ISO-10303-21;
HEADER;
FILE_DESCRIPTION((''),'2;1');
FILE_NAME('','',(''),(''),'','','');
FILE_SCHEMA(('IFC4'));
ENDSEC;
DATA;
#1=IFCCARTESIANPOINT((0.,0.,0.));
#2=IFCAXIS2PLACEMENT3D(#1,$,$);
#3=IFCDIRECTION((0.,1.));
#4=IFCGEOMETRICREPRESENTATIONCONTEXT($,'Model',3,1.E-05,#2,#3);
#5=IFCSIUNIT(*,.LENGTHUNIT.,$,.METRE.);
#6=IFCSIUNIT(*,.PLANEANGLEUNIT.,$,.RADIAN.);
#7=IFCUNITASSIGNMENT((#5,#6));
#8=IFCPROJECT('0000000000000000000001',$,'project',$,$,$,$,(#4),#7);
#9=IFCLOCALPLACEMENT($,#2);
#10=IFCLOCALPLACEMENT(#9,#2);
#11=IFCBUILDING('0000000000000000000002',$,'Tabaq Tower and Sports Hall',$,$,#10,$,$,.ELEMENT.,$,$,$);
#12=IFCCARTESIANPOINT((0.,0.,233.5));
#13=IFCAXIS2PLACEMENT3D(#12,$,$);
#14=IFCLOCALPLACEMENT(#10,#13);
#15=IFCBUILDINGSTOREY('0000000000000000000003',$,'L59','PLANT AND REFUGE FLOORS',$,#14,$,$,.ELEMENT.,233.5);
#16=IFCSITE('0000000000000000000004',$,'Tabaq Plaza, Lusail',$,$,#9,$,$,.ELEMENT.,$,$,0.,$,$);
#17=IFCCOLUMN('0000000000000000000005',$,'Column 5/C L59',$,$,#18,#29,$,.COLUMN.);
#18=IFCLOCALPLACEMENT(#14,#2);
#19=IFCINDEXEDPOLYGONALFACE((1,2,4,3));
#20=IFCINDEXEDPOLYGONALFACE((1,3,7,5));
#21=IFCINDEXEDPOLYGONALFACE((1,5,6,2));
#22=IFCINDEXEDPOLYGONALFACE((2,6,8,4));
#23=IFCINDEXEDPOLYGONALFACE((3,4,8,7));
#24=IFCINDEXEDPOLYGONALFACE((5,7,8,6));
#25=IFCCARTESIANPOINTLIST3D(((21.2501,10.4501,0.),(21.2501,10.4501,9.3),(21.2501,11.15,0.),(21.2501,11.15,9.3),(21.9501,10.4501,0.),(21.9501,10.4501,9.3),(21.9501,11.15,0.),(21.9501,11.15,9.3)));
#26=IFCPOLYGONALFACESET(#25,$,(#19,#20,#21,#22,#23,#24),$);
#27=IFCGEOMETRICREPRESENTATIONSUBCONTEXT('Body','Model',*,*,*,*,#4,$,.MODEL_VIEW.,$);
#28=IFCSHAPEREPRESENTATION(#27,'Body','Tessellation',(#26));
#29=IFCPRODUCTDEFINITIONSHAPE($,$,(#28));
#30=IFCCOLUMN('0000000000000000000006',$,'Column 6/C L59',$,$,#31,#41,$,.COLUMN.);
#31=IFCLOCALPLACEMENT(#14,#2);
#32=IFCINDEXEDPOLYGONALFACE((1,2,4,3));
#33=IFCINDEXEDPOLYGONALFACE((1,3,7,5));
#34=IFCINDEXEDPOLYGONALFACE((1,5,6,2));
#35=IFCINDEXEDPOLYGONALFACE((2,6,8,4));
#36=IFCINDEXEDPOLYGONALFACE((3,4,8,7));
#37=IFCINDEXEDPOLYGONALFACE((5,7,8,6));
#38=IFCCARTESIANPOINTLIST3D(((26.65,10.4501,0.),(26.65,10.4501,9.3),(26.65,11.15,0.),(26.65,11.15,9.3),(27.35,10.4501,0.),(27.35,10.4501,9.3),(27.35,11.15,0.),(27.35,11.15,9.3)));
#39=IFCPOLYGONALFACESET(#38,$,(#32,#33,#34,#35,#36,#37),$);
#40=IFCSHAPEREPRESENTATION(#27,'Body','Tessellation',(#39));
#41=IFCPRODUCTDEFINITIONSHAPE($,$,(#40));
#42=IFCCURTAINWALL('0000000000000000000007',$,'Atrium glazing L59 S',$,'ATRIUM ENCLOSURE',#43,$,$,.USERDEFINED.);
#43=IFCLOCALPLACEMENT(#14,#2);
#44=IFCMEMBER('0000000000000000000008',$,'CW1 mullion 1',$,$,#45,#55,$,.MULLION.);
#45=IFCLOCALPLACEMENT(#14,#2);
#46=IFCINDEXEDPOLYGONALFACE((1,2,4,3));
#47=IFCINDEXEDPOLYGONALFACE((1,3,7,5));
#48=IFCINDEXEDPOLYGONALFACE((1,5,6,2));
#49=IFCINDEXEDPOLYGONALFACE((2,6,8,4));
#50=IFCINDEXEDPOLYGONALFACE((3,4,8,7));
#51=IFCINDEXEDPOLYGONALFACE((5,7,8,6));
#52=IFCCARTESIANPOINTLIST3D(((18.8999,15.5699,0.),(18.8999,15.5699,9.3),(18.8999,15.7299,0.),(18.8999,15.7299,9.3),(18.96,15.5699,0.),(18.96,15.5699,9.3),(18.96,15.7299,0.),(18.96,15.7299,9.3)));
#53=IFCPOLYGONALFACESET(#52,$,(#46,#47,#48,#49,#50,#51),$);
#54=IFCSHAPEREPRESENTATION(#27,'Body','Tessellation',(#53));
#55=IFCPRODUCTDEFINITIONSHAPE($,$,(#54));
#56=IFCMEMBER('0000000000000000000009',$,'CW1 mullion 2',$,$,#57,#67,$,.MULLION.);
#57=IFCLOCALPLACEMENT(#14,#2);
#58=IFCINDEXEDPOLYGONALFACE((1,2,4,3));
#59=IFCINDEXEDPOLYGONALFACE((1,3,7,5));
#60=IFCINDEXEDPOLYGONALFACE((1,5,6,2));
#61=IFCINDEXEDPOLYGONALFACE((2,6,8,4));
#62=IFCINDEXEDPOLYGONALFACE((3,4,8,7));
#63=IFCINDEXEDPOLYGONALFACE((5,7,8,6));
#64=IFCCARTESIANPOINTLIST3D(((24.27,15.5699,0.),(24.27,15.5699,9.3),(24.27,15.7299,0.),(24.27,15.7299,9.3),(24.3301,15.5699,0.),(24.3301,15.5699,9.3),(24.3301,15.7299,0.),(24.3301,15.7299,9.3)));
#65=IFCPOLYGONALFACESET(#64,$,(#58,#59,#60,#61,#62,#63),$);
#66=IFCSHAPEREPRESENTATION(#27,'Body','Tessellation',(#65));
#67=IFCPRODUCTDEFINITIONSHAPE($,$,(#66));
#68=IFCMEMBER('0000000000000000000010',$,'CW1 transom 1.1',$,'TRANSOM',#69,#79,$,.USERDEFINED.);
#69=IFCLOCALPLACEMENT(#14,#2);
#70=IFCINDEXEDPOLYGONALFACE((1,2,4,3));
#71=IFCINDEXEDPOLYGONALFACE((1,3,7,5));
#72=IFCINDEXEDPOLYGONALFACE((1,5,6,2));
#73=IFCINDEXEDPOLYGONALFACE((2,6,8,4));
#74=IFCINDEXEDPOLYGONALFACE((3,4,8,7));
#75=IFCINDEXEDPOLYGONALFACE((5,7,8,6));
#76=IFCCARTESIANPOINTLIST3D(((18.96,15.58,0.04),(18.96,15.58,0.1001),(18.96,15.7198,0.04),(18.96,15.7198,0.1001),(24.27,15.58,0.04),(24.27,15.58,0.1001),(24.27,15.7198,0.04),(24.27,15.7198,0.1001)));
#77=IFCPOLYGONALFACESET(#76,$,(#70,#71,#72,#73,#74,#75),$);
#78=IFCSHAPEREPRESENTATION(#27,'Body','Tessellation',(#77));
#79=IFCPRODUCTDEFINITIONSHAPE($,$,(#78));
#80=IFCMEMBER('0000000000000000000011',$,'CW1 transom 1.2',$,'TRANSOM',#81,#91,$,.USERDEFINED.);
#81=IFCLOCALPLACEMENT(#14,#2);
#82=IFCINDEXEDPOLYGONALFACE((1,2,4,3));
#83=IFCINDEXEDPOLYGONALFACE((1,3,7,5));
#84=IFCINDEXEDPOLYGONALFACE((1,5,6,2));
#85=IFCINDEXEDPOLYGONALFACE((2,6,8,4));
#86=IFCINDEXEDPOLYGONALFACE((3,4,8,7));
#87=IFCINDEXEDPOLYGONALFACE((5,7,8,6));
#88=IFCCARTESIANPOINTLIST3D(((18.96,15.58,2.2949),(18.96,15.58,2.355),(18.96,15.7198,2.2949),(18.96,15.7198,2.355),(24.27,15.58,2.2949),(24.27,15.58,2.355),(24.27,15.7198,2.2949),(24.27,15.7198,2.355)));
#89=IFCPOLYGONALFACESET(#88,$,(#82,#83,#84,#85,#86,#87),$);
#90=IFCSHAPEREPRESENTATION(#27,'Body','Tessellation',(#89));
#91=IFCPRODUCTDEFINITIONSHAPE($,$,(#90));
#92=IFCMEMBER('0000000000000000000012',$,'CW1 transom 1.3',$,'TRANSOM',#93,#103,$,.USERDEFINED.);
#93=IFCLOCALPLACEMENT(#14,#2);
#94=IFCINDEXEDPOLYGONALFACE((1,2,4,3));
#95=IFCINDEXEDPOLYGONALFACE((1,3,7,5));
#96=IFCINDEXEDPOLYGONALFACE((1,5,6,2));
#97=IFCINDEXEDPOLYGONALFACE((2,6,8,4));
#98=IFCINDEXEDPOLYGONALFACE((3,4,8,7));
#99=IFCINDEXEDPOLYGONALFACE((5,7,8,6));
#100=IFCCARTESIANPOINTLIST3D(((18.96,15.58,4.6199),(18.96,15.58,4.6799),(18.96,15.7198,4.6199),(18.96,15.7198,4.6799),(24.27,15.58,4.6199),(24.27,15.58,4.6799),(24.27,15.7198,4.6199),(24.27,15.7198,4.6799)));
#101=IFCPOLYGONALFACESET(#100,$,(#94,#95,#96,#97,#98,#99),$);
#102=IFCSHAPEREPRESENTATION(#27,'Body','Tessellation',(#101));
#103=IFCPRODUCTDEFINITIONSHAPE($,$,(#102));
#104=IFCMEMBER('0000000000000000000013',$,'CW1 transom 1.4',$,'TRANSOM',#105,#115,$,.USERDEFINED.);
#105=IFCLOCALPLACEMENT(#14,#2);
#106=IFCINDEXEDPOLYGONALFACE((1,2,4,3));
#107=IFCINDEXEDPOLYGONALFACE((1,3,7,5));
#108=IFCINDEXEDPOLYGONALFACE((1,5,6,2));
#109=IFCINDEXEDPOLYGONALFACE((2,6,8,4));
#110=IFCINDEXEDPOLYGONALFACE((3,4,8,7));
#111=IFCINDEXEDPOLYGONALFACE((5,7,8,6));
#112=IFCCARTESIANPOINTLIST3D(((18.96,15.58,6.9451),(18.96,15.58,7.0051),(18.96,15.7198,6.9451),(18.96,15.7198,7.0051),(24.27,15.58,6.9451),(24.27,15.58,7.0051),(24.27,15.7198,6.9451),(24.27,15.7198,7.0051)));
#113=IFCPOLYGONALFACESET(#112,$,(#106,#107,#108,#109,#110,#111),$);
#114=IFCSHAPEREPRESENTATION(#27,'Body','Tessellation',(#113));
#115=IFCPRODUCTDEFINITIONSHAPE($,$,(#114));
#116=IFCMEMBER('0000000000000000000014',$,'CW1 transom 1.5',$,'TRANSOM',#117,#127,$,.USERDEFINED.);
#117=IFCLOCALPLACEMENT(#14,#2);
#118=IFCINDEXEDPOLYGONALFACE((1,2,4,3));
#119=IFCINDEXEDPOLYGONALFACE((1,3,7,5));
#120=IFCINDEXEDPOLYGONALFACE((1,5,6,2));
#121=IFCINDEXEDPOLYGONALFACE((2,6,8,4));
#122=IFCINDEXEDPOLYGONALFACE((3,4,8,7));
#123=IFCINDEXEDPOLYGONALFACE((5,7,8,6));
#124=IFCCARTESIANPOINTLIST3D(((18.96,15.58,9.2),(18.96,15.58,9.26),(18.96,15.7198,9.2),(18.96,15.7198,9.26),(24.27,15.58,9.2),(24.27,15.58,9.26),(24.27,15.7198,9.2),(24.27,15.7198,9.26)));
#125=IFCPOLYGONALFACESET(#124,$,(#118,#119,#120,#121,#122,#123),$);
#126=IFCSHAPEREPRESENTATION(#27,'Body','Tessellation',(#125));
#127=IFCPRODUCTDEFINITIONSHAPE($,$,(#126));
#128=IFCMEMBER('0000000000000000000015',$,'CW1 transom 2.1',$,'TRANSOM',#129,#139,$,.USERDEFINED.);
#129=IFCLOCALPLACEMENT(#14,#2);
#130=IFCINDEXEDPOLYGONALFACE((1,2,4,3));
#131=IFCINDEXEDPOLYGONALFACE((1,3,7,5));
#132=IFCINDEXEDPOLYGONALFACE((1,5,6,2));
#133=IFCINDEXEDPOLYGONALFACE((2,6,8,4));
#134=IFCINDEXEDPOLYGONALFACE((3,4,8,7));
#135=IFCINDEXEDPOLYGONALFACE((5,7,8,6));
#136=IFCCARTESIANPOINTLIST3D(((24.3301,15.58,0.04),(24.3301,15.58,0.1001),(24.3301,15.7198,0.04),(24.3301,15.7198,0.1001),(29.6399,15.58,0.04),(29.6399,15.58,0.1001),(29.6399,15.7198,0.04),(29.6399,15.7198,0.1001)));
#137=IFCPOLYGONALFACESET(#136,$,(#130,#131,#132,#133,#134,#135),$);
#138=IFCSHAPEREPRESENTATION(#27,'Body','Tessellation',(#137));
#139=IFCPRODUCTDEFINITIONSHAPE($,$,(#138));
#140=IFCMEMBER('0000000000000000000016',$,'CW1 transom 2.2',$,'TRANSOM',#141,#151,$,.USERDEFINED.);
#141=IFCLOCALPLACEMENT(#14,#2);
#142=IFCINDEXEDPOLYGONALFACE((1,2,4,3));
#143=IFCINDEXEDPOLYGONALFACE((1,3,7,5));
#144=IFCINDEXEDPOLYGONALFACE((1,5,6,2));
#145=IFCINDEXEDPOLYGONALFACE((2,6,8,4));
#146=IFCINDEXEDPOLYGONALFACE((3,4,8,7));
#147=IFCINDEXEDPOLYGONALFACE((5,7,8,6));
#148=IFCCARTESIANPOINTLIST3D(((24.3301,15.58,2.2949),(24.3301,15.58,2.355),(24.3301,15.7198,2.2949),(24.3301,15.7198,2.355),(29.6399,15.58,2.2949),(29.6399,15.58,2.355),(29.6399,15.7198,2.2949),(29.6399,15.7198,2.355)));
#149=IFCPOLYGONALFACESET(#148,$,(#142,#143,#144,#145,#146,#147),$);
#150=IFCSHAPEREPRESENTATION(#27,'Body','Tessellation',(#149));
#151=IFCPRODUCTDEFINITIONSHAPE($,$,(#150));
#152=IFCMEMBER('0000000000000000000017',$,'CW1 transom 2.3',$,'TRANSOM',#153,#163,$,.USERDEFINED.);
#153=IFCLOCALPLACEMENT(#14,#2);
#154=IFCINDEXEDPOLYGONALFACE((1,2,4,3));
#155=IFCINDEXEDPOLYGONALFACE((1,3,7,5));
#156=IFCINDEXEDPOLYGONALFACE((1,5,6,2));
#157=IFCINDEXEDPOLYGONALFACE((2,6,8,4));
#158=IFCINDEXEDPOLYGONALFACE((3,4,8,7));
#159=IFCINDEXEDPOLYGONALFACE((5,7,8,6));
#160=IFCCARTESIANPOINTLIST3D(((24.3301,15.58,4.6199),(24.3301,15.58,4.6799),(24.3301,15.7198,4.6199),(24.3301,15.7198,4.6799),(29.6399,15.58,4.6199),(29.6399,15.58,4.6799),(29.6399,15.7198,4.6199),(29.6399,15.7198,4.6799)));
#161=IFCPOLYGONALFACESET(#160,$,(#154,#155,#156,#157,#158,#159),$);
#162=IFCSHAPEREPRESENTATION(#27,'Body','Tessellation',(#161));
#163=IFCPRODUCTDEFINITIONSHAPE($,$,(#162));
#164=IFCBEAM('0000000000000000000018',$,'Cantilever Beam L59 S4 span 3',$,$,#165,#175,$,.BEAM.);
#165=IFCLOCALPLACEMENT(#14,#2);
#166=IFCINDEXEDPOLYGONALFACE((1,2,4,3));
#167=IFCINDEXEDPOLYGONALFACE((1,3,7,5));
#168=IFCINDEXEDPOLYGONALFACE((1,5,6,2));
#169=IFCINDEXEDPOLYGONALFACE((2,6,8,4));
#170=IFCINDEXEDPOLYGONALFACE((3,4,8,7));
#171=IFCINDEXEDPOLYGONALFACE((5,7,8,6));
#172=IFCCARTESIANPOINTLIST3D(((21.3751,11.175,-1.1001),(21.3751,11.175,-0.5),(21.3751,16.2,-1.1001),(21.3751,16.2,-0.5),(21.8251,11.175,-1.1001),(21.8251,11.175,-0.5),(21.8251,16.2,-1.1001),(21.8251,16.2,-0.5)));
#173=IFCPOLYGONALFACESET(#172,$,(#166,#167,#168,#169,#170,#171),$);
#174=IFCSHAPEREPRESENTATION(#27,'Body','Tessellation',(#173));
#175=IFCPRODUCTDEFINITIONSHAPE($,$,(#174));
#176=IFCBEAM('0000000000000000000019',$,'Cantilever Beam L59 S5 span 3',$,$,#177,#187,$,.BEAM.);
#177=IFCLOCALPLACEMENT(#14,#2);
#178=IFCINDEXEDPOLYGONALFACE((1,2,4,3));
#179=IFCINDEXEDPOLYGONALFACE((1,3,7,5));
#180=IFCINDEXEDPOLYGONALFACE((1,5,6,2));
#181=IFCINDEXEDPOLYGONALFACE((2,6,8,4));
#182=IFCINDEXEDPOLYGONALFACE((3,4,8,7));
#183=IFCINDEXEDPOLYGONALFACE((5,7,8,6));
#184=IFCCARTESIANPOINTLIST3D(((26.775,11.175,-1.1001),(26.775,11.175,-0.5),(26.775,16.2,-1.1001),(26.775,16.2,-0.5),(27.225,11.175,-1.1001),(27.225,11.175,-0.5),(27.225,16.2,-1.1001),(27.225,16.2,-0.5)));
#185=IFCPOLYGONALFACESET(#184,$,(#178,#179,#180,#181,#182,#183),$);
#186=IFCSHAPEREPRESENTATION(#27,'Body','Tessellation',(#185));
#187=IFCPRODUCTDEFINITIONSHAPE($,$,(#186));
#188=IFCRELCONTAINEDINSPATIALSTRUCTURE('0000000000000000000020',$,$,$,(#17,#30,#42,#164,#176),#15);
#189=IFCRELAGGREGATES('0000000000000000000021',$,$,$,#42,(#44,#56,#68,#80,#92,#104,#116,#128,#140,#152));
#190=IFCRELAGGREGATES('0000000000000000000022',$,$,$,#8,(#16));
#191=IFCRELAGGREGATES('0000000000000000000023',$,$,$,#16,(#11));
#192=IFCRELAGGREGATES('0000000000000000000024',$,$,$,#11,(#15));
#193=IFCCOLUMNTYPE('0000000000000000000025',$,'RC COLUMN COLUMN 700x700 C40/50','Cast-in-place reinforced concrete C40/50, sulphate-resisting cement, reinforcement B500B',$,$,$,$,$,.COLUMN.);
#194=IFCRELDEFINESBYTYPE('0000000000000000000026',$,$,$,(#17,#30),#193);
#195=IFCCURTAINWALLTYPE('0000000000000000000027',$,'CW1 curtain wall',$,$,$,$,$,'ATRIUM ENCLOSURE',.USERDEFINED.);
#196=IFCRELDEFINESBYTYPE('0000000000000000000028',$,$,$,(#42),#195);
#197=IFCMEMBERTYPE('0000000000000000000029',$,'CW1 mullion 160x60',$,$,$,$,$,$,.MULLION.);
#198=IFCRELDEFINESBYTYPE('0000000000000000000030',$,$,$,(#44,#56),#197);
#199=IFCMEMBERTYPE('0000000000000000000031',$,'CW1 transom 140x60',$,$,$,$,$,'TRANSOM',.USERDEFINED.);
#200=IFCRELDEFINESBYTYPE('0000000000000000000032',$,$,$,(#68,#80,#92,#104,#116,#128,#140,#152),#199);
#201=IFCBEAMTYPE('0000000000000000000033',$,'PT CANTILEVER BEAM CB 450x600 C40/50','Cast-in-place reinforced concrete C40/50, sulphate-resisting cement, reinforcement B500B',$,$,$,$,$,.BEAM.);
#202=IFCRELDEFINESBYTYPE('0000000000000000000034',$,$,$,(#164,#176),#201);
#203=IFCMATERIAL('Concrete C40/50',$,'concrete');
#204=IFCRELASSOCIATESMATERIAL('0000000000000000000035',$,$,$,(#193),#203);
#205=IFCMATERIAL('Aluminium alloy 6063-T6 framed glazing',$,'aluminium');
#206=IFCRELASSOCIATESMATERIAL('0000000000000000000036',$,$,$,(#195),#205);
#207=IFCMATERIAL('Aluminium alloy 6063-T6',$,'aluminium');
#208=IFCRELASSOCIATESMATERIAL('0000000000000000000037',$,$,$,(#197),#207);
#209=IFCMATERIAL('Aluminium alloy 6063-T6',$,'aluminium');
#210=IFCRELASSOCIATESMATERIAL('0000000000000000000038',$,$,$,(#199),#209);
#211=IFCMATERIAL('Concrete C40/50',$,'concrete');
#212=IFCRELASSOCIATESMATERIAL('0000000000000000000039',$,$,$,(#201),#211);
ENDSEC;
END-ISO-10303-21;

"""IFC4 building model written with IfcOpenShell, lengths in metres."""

from ifc_helpers import new_model, si_unit, direction, frame, origin, origin_2d, place, context, subcontext, project, spatial, rectangle, extrude, material, material_profile, profile_set, type_object, element, aggregate, save


model = new_model("IFC4")

# Units and contexts
model_context = context("Model", 3, precision=1e-05, world=origin(), true_north=direction((0.0, 1.0)))
body_context = subcontext(model_context, "Body", "Model", "MODEL_VIEW")
ifc_project = project(units=[si_unit("LENGTHUNIT", "METRE"), si_unit("PLANEANGLEUNIT", "RADIAN")], contexts=[model_context])

# Site, building, storey
site_placement = place(None, origin())
site = spatial("IfcSite", under=ifc_project, at=site_placement, Name="Tabaq Plaza, Lusail", CompositionType="ELEMENT", RefElevation=0.0)
building_placement = place(site_placement, origin())
building = spatial("IfcBuilding", under=site, at=building_placement, Name="Tabaq Tower and Sports Hall", CompositionType="ELEMENT")
storey_placement = place(building_placement, frame((0.0, 0.0, 233.5)))
storey = spatial("IfcBuildingStorey", under=building, at=storey_placement, Name="L59", Description="PLANT AND REFUGE FLOORS", CompositionType="ELEMENT", Elevation=233.5)

# Columns
ifc_material_1 = material(Name="Concrete C40/50", Category="concrete")
ifc_material_profile_1 = material_profile(ifc_material_1, rectangle(XDim=0.7, YDim=0.7, at=origin_2d()), Name="COLUMN 700x700")
ifc_profile_set_1 = profile_set([ifc_material_profile_1], Name="Concrete C40/50")
column_type = type_object("IfcColumnType", Name="RC COLUMN COLUMN 700x700 C40/50", Description="Cast-in-place reinforced concrete C40/50, sulphate-resisting cement, reinforcement B500B", PredefinedType="COLUMN", material=ifc_profile_set_1)
for number, where, z_axis, x_axis, name in (
    (1, (21.6001, 10.8, 0.0), (0.0, 0.0, 1.0), (1.0, 0.0, 0.0), "Column 5/C L59"),
    (2, (27.0, 10.8, 0.0), (0.0, 0.0, 1.0), (1.0, 0.0, 0.0), "Column 6/C L59"),
):
    element("IfcColumn", number, at=place(storey_placement, frame(where, z_axis=z_axis, x_axis=x_axis)), inside=storey, type_object=column_type, Name=name, PredefinedType="COLUMN", context=body_context, shape_type="SweptSolid", body=[
        extrude(rectangle(XDim=0.7, YDim=0.7, at=origin_2d()), origin(), (0.0, 0.0, 1.0), 9.3),
    ])

# Curtain wall, members
ifc_material_2 = material(Name="Aluminium alloy 6063-T6 framed glazing", Category="aluminium")
curtain_wall_type = type_object("IfcCurtainWallType", Name="CW1 curtain wall", ElementType="ATRIUM ENCLOSURE", PredefinedType="USERDEFINED", material=ifc_material_2)
curtain_wall_placement = place(storey_placement, origin())
curtain_wall = element("IfcCurtainWall", 3, at=curtain_wall_placement, inside=storey, type_object=curtain_wall_type, Name="Atrium glazing L59 S", ObjectType="ATRIUM ENCLOSURE", PredefinedType="USERDEFINED")
ifc_material_3 = material(Name="Aluminium alloy 6063-T6", Category="aluminium")
ifc_material_profile_2 = material_profile(ifc_material_3, rectangle(XDim=0.1599, YDim=0.0601, at=origin_2d()), Name="MULLION 160x60")
ifc_profile_set_2 = profile_set([ifc_material_profile_2], Name="Aluminium alloy 6063-T6")
member_type_1 = type_object("IfcMemberType", Name="CW1 mullion 160x60", PredefinedType="MULLION", material=ifc_profile_set_2)
member_1_placement = place(storey_placement, frame((18.9299, 15.6499, 0.0), z_axis=(0.0, 0.0, 1.0), x_axis=(0.0, 1.0, 0.0)))
member_1 = element("IfcMember", 4, at=member_1_placement, type_object=member_type_1, Name="CW1 mullion 1", PredefinedType="MULLION", context=body_context, shape_type="SweptSolid", body=[
    extrude(rectangle(XDim=0.1599, YDim=0.0601, at=origin_2d()), origin(), (0.0, 0.0, 1.0), 9.3),
])
member_2_placement = place(storey_placement, frame((24.3, 15.6499, 0.0), z_axis=(0.0, 0.0, 1.0), x_axis=(0.0, 1.0, 0.0)))
member_2 = element("IfcMember", 5, at=member_2_placement, type_object=member_type_1, Name="CW1 mullion 2", PredefinedType="MULLION", context=body_context, shape_type="SweptSolid", body=[
    extrude(rectangle(XDim=0.1599, YDim=0.0601, at=origin_2d()), origin(), (0.0, 0.0, 1.0), 9.3),
])
ifc_material_4 = material(Name="Aluminium alloy 6063-T6", Category="aluminium")
ifc_material_profile_3 = material_profile(ifc_material_4, rectangle(XDim=0.1399, YDim=0.0601, at=origin_2d()), Name="TRANSOM 140x60")
ifc_profile_set_3 = profile_set([ifc_material_profile_3], Name="Aluminium alloy 6063-T6")
member_type_2 = type_object("IfcMemberType", Name="CW1 transom 140x60", ElementType="TRANSOM", PredefinedType="USERDEFINED", material=ifc_profile_set_3)
member_3_placement = place(storey_placement, frame((18.96, 15.6499, 0.0701), z_axis=(1.0, 0.0, 0.0), x_axis=(0.0, 1.0, 0.0)))
member_3 = element("IfcMember", 6, at=member_3_placement, type_object=member_type_2, Name="CW1 transom 1.1", ObjectType="TRANSOM", PredefinedType="USERDEFINED", context=body_context, shape_type="SweptSolid", body=[
    extrude(rectangle(XDim=0.1399, YDim=0.0601, at=origin_2d()), origin(), (0.0, 0.0, 1.0), 5.3101),
])
member_4_placement = place(storey_placement, frame((18.96, 15.6499, 2.325), z_axis=(1.0, 0.0, 0.0), x_axis=(0.0, 1.0, 0.0)))
member_4 = element("IfcMember", 7, at=member_4_placement, type_object=member_type_2, Name="CW1 transom 1.2", ObjectType="TRANSOM", PredefinedType="USERDEFINED", context=body_context, shape_type="SweptSolid", body=[
    extrude(rectangle(XDim=0.1399, YDim=0.0601, at=origin_2d()), origin(), (0.0, 0.0, 1.0), 5.3101),
])
member_5_placement = place(storey_placement, frame((18.96, 15.6499, 4.6499), z_axis=(1.0, 0.0, 0.0), x_axis=(0.0, 1.0, 0.0)))
member_5 = element("IfcMember", 8, at=member_5_placement, type_object=member_type_2, Name="CW1 transom 1.3", ObjectType="TRANSOM", PredefinedType="USERDEFINED", context=body_context, shape_type="SweptSolid", body=[
    extrude(rectangle(XDim=0.1399, YDim=0.0601, at=origin_2d()), origin(), (0.0, 0.0, 1.0), 5.3101),
])
member_6_placement = place(storey_placement, frame((18.96, 15.6499, 6.9751), z_axis=(1.0, 0.0, 0.0), x_axis=(0.0, 1.0, 0.0)))
member_6 = element("IfcMember", 9, at=member_6_placement, type_object=member_type_2, Name="CW1 transom 1.4", ObjectType="TRANSOM", PredefinedType="USERDEFINED", context=body_context, shape_type="SweptSolid", body=[
    extrude(rectangle(XDim=0.1399, YDim=0.0601, at=origin_2d()), origin(), (0.0, 0.0, 1.0), 5.3101),
])
member_7_placement = place(storey_placement, frame((18.96, 15.6499, 9.23), z_axis=(1.0, 0.0, 0.0), x_axis=(0.0, 1.0, 0.0)))
member_7 = element("IfcMember", 10, at=member_7_placement, type_object=member_type_2, Name="CW1 transom 1.5", ObjectType="TRANSOM", PredefinedType="USERDEFINED", context=body_context, shape_type="SweptSolid", body=[
    extrude(rectangle(XDim=0.1399, YDim=0.0601, at=origin_2d()), origin(), (0.0, 0.0, 1.0), 5.3101),
])
member_8_placement = place(storey_placement, frame((24.3301, 15.6499, 0.0701), z_axis=(1.0, 0.0, 0.0), x_axis=(0.0, 1.0, 0.0)))
member_8 = element("IfcMember", 11, at=member_8_placement, type_object=member_type_2, Name="CW1 transom 2.1", ObjectType="TRANSOM", PredefinedType="USERDEFINED", context=body_context, shape_type="SweptSolid", body=[
    extrude(rectangle(XDim=0.1399, YDim=0.0601, at=origin_2d()), origin(), (0.0, 0.0, 1.0), 5.3098),
])
member_9_placement = place(storey_placement, frame((24.3301, 15.6499, 2.325), z_axis=(1.0, 0.0, 0.0), x_axis=(0.0, 1.0, 0.0)))
member_9 = element("IfcMember", 12, at=member_9_placement, type_object=member_type_2, Name="CW1 transom 2.2", ObjectType="TRANSOM", PredefinedType="USERDEFINED", context=body_context, shape_type="SweptSolid", body=[
    extrude(rectangle(XDim=0.1399, YDim=0.0601, at=origin_2d()), origin(), (0.0, 0.0, 1.0), 5.3098),
])
member_10_placement = place(storey_placement, frame((24.3301, 15.6499, 4.6499), z_axis=(1.0, 0.0, 0.0), x_axis=(0.0, 1.0, 0.0)))
member_10 = element("IfcMember", 13, at=member_10_placement, type_object=member_type_2, Name="CW1 transom 2.3", ObjectType="TRANSOM", PredefinedType="USERDEFINED", context=body_context, shape_type="SweptSolid", body=[
    extrude(rectangle(XDim=0.1399, YDim=0.0601, at=origin_2d()), origin(), (0.0, 0.0, 1.0), 5.3098),
])

# Beams
ifc_material_5 = material(Name="Concrete C40/50", Category="concrete")
ifc_material_profile_4 = material_profile(ifc_material_5, rectangle(XDim=0.45, YDim=0.6001, at=origin_2d()), Name="CB 450x600")
ifc_profile_set_4 = profile_set([ifc_material_profile_4], Name="Concrete C40/50")
beam_type_1 = type_object("IfcBeamType", Name="PT CANTILEVER BEAM CB 450x600 C40/50", Description="Cast-in-place reinforced concrete C40/50, sulphate-resisting cement, reinforcement B500B", PredefinedType="BEAM", material=ifc_profile_set_4)
for number, where, z_axis, x_axis, name in (
    (14, (21.6001, 11.175, -0.8), (0.0, 1.0, 0.0), (-1.0, 0.0, 0.0), "Cantilever Beam L59 S4 span 3"),
    (15, (27.0, 11.175, -0.8), (0.0, 1.0, 0.0), (-1.0, 0.0, 0.0), "Cantilever Beam L59 S5 span 3"),
):
    element("IfcBeam", number, at=place(storey_placement, frame(where, z_axis=z_axis, x_axis=x_axis)), inside=storey, type_object=beam_type_1, Name=name, PredefinedType="BEAM", context=body_context, shape_type="SweptSolid", body=[
        extrude(rectangle(XDim=0.45, YDim=0.6001, at=origin_2d()), origin(), (0.0, 0.0, 1.0), 5.0249),
    ])

aggregate(curtain_wall, [member_1, member_2, member_3, member_4, member_5, member_6, member_7, member_8, member_9, member_10])

save(model, "model.ifc")
